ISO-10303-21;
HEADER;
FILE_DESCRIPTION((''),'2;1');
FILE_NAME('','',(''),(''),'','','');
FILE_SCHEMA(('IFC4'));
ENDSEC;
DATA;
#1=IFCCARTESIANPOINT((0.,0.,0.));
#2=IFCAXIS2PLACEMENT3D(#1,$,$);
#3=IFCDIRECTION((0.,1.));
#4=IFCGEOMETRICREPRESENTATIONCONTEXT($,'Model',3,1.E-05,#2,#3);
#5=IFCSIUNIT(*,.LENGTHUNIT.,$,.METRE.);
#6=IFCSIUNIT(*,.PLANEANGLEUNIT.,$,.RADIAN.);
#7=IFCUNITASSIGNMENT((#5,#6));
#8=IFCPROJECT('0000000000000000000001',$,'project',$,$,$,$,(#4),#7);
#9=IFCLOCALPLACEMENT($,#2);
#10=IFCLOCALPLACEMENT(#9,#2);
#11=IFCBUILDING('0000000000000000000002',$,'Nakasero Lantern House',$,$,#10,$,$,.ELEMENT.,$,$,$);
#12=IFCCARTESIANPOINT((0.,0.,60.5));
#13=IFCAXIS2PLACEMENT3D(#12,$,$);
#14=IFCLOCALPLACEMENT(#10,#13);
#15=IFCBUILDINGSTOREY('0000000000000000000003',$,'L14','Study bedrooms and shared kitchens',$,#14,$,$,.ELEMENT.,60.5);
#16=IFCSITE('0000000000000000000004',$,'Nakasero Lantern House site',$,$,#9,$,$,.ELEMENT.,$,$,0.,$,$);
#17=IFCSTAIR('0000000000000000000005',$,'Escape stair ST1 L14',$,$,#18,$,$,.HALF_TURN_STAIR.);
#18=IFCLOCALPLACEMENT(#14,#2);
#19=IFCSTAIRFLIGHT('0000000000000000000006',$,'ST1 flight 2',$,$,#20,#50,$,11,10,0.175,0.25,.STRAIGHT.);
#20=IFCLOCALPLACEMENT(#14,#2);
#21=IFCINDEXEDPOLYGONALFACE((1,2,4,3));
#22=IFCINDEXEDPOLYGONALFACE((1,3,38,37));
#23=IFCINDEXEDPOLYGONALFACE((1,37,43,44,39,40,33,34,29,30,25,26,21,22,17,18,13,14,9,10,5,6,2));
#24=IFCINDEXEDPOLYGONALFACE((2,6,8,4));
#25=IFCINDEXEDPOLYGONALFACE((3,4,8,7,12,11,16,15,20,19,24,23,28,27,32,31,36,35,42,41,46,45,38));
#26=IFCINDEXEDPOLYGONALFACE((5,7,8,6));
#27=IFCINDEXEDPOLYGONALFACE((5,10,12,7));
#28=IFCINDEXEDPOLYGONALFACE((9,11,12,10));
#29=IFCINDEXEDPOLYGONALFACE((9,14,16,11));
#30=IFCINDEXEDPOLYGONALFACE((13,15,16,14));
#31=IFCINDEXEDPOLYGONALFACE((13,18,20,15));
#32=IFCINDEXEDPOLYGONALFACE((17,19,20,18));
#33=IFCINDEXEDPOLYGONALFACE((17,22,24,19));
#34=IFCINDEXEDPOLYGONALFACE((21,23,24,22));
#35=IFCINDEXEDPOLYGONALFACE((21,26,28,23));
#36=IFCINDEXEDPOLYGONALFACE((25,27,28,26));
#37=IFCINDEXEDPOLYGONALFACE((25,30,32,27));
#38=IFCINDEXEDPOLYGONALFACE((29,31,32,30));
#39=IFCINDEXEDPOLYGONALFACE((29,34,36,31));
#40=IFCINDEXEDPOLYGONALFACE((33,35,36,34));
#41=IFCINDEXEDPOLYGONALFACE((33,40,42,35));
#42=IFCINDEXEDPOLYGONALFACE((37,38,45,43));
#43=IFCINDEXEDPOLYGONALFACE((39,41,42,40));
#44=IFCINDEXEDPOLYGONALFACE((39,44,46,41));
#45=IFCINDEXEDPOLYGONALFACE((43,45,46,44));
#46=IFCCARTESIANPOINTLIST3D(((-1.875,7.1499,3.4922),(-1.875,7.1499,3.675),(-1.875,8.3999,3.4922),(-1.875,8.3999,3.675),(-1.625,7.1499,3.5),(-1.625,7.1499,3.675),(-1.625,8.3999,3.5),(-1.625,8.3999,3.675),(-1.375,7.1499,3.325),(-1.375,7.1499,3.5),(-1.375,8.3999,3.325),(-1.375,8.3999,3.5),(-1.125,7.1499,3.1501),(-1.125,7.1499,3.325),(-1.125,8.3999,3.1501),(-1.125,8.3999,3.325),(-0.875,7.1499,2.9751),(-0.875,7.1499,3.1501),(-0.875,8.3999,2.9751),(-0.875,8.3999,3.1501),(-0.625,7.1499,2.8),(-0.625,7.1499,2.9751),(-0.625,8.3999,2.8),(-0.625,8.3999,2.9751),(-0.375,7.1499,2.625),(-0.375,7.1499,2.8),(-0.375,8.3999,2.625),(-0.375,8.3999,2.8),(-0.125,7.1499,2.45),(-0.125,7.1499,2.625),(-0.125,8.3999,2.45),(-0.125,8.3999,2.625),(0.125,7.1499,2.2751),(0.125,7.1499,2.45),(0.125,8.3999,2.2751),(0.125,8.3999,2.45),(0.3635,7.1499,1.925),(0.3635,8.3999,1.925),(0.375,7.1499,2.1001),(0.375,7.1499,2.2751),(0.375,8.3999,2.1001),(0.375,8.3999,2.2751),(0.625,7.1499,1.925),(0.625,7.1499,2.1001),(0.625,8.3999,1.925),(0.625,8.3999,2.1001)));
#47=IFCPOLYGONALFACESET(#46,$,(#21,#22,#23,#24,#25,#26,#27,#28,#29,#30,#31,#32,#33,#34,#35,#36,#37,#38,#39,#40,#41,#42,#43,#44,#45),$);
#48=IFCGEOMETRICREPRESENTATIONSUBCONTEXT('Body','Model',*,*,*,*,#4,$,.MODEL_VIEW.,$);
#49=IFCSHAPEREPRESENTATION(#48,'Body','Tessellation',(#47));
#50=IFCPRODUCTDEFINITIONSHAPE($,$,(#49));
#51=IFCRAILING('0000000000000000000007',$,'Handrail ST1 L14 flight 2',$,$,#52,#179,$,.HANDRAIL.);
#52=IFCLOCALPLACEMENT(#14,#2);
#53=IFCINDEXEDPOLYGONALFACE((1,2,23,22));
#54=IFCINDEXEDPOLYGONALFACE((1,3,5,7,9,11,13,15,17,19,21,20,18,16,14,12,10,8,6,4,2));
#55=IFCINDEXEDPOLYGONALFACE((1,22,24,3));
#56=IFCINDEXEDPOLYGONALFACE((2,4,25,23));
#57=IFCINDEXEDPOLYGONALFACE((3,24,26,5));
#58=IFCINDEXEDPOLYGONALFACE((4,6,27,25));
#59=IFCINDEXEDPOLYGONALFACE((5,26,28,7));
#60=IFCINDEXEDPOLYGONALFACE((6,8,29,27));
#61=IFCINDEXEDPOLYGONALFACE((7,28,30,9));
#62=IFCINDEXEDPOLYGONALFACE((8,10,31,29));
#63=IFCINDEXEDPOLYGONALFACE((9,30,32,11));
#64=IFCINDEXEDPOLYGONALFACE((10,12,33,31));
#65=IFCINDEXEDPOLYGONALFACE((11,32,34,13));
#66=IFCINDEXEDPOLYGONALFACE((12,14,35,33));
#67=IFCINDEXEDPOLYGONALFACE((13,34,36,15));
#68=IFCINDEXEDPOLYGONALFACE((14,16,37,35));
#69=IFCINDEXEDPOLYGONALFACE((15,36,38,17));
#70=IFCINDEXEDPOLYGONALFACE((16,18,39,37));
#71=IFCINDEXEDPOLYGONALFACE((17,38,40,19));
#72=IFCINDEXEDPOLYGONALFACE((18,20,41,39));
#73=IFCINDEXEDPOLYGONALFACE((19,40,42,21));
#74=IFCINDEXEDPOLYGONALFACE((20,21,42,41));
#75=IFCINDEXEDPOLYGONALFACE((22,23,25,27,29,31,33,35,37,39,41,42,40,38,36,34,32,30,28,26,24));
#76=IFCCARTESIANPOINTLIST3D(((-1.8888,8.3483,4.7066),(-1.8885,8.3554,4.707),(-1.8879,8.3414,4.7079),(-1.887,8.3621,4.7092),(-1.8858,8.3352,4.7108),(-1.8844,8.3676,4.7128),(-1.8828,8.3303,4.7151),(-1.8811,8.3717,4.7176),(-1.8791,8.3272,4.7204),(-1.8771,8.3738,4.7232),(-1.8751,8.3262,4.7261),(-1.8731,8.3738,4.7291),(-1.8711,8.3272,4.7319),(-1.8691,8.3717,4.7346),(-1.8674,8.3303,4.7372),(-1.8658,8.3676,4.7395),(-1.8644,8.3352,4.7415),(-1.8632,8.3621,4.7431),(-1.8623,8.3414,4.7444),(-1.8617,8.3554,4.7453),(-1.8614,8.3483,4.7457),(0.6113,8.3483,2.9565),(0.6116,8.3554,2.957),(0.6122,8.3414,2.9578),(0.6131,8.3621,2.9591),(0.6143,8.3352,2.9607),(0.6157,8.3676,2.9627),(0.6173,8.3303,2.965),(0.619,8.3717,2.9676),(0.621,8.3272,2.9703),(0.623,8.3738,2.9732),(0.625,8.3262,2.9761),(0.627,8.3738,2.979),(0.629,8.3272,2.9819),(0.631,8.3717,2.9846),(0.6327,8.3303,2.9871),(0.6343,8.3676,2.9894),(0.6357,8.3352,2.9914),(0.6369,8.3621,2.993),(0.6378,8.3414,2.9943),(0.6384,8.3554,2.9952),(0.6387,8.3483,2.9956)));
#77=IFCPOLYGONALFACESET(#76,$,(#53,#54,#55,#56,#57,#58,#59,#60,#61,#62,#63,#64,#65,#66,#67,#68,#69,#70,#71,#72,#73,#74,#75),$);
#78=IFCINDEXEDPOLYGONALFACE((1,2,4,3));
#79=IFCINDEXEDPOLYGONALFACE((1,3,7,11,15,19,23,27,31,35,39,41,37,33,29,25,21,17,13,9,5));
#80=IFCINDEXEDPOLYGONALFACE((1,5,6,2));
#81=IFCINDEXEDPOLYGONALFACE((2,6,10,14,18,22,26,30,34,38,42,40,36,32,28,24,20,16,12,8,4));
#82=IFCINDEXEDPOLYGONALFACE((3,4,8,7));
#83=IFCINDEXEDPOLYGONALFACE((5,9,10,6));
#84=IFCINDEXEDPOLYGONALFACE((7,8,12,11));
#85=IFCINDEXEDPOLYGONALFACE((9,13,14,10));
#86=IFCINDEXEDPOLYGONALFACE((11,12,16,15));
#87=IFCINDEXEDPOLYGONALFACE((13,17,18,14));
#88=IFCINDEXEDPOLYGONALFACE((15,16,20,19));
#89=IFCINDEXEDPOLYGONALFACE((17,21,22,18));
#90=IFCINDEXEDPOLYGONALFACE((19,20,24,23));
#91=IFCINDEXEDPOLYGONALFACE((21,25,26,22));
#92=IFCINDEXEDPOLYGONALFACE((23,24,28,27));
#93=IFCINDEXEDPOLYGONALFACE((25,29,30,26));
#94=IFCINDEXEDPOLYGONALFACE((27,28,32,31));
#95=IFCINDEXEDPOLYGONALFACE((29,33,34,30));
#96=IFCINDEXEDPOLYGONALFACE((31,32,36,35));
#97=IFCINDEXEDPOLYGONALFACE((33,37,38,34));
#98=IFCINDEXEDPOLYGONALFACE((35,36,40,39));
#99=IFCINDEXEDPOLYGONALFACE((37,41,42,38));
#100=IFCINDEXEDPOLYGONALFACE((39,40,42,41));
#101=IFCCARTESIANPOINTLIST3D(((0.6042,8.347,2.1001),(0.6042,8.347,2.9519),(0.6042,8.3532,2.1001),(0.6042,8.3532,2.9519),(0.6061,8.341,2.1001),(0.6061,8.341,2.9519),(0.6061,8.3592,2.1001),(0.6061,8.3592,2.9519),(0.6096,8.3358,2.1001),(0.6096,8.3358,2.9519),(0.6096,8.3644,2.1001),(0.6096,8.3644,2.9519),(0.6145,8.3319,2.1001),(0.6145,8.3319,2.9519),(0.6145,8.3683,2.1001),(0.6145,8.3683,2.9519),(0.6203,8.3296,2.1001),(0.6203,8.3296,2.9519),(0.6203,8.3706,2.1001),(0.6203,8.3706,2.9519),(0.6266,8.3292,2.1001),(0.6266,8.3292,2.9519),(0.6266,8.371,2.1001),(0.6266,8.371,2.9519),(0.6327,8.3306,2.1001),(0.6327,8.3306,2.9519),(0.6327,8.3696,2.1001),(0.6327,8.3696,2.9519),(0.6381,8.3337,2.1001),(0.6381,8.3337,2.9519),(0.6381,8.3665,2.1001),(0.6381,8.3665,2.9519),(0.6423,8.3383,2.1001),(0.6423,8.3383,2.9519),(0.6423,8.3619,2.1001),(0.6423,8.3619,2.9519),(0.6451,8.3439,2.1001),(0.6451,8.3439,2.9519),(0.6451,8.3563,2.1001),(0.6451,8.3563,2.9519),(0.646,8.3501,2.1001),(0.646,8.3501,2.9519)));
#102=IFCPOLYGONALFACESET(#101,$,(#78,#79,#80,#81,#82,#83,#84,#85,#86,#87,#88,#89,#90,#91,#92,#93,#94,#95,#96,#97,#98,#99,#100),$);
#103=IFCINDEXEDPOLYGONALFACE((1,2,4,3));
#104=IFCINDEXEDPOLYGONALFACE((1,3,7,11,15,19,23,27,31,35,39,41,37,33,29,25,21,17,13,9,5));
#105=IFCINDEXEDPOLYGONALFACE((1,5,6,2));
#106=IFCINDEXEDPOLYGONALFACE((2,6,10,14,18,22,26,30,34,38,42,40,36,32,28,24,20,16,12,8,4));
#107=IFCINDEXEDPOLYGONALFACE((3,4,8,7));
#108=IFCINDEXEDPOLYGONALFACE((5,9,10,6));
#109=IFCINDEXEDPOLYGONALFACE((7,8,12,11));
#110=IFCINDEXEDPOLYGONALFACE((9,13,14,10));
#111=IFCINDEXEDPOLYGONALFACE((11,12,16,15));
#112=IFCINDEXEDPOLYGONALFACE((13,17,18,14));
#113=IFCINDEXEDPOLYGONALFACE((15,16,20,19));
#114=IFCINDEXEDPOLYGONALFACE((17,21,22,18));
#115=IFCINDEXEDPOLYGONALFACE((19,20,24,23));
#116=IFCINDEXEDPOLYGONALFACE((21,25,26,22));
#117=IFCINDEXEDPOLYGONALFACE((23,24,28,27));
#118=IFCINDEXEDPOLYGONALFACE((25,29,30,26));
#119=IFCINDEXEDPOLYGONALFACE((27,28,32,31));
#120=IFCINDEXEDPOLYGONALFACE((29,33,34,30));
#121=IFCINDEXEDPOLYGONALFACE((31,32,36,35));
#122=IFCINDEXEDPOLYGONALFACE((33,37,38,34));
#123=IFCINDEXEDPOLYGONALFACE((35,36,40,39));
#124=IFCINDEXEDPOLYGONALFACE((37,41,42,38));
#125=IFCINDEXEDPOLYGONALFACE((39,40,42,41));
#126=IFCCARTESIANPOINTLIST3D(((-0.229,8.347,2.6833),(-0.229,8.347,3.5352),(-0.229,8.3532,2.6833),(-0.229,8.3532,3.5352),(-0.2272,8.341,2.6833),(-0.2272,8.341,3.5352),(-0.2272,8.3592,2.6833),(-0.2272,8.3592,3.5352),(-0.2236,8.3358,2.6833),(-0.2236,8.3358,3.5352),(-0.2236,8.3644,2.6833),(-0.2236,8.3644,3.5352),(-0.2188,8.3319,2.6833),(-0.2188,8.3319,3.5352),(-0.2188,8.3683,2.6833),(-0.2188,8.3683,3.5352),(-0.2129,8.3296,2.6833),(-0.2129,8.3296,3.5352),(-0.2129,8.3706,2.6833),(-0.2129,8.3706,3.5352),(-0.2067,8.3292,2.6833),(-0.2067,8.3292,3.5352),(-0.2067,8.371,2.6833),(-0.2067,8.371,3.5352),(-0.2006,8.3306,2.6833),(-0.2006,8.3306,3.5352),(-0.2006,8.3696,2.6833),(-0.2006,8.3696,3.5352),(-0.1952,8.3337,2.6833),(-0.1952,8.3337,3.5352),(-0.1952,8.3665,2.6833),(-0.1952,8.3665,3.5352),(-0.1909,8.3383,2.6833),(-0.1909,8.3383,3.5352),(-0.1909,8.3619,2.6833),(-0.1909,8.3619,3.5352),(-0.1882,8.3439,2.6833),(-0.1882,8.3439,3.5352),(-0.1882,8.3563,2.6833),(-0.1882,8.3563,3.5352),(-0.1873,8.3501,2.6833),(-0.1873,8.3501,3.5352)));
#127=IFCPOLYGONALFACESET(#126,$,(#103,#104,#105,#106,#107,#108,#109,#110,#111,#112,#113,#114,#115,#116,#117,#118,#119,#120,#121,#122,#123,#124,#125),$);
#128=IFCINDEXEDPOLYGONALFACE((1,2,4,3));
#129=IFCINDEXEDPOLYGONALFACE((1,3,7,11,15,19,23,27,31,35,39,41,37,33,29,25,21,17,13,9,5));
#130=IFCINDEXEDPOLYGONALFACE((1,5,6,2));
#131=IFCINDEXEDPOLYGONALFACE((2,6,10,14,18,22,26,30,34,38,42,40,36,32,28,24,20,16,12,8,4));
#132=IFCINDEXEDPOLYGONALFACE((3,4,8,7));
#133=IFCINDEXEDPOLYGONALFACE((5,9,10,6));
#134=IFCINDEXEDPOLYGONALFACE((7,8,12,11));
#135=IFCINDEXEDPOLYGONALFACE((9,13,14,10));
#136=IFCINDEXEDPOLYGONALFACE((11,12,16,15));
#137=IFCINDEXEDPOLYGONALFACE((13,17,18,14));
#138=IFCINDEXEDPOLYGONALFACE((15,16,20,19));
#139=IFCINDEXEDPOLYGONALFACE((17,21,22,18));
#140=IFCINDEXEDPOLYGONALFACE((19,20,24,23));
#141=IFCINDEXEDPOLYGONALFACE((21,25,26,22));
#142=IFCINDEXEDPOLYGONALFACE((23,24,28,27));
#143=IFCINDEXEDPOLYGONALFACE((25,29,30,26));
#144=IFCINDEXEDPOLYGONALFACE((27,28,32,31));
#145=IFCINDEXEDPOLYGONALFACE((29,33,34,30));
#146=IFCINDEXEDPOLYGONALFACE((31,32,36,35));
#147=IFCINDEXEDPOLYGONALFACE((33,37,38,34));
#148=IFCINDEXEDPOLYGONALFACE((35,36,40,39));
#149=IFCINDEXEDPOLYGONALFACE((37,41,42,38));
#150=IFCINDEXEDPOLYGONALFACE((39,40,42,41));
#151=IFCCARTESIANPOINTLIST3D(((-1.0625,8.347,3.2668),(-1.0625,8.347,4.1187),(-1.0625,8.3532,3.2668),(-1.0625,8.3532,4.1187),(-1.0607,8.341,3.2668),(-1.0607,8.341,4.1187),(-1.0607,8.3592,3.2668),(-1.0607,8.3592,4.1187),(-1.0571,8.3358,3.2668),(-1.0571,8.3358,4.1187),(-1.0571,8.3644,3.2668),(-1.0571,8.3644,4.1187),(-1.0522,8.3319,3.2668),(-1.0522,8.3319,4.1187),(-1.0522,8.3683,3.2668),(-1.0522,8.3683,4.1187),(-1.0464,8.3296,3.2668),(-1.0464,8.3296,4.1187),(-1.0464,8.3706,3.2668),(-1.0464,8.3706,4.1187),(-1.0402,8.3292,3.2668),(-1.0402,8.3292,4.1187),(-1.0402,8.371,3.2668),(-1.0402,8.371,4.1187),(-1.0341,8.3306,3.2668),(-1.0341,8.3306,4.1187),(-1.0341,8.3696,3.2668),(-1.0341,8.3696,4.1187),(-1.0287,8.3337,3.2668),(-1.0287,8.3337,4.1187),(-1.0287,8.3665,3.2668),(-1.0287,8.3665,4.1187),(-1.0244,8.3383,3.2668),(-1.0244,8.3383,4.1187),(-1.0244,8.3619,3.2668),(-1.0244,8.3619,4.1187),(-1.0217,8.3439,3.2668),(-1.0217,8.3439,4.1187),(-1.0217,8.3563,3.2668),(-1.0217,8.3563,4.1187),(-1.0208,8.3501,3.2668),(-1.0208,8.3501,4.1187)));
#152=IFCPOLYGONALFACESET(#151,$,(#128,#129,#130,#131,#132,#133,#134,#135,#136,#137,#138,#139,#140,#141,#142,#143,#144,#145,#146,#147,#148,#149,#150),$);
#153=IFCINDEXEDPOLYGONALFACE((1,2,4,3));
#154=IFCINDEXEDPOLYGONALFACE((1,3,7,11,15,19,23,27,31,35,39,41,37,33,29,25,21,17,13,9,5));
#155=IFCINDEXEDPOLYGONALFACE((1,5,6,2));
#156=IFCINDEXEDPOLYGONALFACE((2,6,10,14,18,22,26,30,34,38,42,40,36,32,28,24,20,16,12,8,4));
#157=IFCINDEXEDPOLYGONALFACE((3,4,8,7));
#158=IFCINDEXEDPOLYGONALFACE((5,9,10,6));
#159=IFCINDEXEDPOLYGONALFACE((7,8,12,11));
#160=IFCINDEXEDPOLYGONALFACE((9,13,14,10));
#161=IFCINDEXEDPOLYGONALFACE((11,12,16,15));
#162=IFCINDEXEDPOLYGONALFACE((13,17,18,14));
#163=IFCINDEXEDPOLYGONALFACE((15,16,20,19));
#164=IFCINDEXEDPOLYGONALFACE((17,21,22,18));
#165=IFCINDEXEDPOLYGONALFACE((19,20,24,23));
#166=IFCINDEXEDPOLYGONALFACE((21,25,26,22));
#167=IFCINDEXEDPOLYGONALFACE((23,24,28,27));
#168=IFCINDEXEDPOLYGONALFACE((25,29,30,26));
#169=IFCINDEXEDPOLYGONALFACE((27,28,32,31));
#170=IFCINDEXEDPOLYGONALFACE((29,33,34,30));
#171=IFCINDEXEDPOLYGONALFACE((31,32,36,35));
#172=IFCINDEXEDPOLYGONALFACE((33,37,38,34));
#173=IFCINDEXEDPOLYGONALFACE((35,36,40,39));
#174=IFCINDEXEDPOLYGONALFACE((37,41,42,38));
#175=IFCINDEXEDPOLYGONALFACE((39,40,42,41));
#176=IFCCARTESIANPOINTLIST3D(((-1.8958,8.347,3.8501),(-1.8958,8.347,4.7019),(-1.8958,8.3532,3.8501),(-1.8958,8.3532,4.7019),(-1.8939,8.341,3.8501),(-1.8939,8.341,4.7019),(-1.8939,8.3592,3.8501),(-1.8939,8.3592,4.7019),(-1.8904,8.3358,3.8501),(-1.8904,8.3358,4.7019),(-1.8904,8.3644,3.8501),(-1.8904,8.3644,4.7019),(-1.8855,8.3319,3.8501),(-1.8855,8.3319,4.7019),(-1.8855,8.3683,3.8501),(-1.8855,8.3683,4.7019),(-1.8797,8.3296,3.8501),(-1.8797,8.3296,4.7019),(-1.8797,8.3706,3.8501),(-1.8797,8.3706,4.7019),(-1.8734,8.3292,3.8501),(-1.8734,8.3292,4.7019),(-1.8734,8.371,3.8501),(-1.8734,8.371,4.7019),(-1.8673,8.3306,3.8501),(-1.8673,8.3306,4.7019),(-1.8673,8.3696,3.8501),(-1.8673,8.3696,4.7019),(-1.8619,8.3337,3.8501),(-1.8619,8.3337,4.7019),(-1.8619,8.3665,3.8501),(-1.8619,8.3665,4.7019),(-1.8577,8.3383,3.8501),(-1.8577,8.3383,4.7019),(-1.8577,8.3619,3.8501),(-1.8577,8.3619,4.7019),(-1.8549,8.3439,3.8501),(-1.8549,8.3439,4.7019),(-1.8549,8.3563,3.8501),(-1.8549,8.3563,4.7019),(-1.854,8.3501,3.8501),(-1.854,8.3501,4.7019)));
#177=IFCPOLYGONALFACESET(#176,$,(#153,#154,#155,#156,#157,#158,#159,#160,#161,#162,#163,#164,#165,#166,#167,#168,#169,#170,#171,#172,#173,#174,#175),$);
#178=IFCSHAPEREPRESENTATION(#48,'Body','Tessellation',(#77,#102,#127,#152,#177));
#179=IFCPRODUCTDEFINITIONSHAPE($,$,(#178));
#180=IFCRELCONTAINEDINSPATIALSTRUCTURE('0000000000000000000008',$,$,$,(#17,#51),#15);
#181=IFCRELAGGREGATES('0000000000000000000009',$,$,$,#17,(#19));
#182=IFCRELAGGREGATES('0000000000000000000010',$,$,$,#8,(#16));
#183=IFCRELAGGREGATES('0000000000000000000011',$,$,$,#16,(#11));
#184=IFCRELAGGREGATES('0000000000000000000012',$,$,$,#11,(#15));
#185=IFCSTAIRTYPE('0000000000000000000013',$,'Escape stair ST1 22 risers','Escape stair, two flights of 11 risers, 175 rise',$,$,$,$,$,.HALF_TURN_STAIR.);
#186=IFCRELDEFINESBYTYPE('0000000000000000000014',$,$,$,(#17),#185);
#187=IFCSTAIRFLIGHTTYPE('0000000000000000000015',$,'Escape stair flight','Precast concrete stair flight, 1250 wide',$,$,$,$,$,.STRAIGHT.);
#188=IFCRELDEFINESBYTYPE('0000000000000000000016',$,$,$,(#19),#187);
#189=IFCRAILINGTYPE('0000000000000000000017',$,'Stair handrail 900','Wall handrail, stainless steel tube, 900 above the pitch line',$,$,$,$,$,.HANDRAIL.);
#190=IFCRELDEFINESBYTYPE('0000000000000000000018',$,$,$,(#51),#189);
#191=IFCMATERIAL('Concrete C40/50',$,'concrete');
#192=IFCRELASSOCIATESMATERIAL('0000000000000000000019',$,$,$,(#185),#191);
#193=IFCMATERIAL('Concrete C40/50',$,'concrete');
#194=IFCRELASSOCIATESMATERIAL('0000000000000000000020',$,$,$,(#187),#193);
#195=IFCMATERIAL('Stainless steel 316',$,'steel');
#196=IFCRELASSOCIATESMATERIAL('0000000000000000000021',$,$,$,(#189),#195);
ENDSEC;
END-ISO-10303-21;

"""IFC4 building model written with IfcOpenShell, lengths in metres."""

from ifc_helpers import new_model, si_unit, direction, frame, origin, origin_2d, place, context, subcontext, project, spatial, polyline, circle, outline, extrude, material, type_object, element, aggregate, save


model = new_model("IFC4")

# Units and contexts
model_context = context("Model", 3, precision=1e-05, world=origin(), true_north=direction((0.0, 1.0)))
body_context = subcontext(model_context, "Body", "Model", "MODEL_VIEW")
ifc_project = project(units=[si_unit("LENGTHUNIT", "METRE"), si_unit("PLANEANGLEUNIT", "RADIAN")], contexts=[model_context])

# Site, building, storey
site_placement = place(None, origin())
site = spatial("IfcSite", under=ifc_project, at=site_placement, Name="Nakasero Lantern House site", CompositionType="ELEMENT", RefElevation=0.0)
building_placement = place(site_placement, origin())
building = spatial("IfcBuilding", under=site, at=building_placement, Name="Nakasero Lantern House", CompositionType="ELEMENT")
storey_placement = place(building_placement, frame((0.0, 0.0, 60.5)))
storey = spatial("IfcBuildingStorey", under=building, at=storey_placement, Name="L14", Description="Study bedrooms and shared kitchens", CompositionType="ELEMENT", Elevation=60.5)

# Stair, stair flight
ifc_material_1 = material(Name="Concrete C40/50", Category="concrete")
stair_type_1 = type_object("IfcStairType", Name="Escape stair ST1 22 risers", Description="Escape stair, two flights of 11 risers, 175 rise", PredefinedType="HALF_TURN_STAIR", material=ifc_material_1)
stair_1_placement = place(storey_placement, origin())
stair_1 = element("IfcStair", 1, at=stair_1_placement, inside=storey, type_object=stair_type_1, Name="Escape stair ST1 L14", PredefinedType="HALF_TURN_STAIR")
ifc_material_2 = material(Name="Concrete C40/50", Category="concrete")
stair_flight_type = type_object("IfcStairFlightType", Name="Escape stair flight", Description="Precast concrete stair flight, 1250 wide", PredefinedType="STRAIGHT", material=ifc_material_2)
stair_flight_placement = place(storey_placement, frame((0.625, 7.7749, 1.925), z_axis=(0.0, 0.0, 1.0), x_axis=(-1.0, 0.0, 0.0)))
stair_flight = element("IfcStairFlight", 2, at=stair_flight_placement, type_object=stair_flight_type, Name="ST1 flight 2", NumberOfRisers=11, NumberOfTreads=10, PredefinedType="STRAIGHT", RiserHeight=0.175, TreadLength=0.25, context=body_context, shape_type="SweptSolid", body=[
    extrude(outline(polyline([(0.0, 0.0), (0.0, 0.175), (0.25, 0.175), (0.25, 0.3501), (0.5, 0.3501), (0.5, 0.5249), (0.75, 0.5249), (0.75, 0.7), (1.0, 0.7), (1.0, 0.875), (1.25, 0.875), (1.25, 1.05), (1.5, 1.05), (1.5, 1.2251), (1.75, 1.2251), (1.75, 1.3999), (2.0, 1.3999), (2.0, 1.575), (2.25, 1.575), (2.25, 1.75), (2.5, 1.75), (2.5, 1.925), (2.5, 1.5671), (0.2615, 0.0), (0.0, 0.0)])), frame((0.0, 0.625, 0.0), z_axis=(0.0, -1.0, 0.0), x_axis=(1.0, 0.0, 0.0)), (0.0, 0.0, 1.0), 1.25),
])
aggregate(stair_1, [stair_flight])

# Railing
ifc_material_3 = material(Name="Stainless steel 316", Category="steel")
railing_type = type_object("IfcRailingType", Name="Stair handrail 900", Description="Wall handrail, stainless steel tube, 900 above the pitch line", PredefinedType="HANDRAIL", material=ifc_material_3)
railing_placement = place(storey_placement, frame((0.625, 8.3501, 2.1001)))
element("IfcRailing", 3, at=railing_placement, inside=storey, type_object=railing_type, Name="Handrail ST1 L14 flight 2", PredefinedType="HANDRAIL", context=body_context, shape_type="SweptSolid", body=[
    extrude(circle(Radius=0.0239, at=origin_2d()), frame((0.0, 0.0, 0.876), z_axis=(-0.819232, 0.0, 0.573462), x_axis=(0.0, -1.0, 0.0)), (0.0, 0.0, 1.0), 3.0518),
    extrude(circle(Radius=0.021, at=origin_2d()), origin(), (0.0, 0.0, 1.0), 0.8518),
    extrude(circle(Radius=0.021, at=origin_2d()), frame((-0.8333, 0.0, 0.5833)), (0.0, 0.0, 1.0), 0.8518),
    extrude(circle(Radius=0.021, at=origin_2d()), frame((-1.6667, 0.0, 1.1667)), (0.0, 0.0, 1.0), 0.8518),
    extrude(circle(Radius=0.021, at=origin_2d()), frame((-2.5, 0.0, 1.75)), (0.0, 0.0, 1.0), 0.8518),
])

save(model, "model.ifc")
